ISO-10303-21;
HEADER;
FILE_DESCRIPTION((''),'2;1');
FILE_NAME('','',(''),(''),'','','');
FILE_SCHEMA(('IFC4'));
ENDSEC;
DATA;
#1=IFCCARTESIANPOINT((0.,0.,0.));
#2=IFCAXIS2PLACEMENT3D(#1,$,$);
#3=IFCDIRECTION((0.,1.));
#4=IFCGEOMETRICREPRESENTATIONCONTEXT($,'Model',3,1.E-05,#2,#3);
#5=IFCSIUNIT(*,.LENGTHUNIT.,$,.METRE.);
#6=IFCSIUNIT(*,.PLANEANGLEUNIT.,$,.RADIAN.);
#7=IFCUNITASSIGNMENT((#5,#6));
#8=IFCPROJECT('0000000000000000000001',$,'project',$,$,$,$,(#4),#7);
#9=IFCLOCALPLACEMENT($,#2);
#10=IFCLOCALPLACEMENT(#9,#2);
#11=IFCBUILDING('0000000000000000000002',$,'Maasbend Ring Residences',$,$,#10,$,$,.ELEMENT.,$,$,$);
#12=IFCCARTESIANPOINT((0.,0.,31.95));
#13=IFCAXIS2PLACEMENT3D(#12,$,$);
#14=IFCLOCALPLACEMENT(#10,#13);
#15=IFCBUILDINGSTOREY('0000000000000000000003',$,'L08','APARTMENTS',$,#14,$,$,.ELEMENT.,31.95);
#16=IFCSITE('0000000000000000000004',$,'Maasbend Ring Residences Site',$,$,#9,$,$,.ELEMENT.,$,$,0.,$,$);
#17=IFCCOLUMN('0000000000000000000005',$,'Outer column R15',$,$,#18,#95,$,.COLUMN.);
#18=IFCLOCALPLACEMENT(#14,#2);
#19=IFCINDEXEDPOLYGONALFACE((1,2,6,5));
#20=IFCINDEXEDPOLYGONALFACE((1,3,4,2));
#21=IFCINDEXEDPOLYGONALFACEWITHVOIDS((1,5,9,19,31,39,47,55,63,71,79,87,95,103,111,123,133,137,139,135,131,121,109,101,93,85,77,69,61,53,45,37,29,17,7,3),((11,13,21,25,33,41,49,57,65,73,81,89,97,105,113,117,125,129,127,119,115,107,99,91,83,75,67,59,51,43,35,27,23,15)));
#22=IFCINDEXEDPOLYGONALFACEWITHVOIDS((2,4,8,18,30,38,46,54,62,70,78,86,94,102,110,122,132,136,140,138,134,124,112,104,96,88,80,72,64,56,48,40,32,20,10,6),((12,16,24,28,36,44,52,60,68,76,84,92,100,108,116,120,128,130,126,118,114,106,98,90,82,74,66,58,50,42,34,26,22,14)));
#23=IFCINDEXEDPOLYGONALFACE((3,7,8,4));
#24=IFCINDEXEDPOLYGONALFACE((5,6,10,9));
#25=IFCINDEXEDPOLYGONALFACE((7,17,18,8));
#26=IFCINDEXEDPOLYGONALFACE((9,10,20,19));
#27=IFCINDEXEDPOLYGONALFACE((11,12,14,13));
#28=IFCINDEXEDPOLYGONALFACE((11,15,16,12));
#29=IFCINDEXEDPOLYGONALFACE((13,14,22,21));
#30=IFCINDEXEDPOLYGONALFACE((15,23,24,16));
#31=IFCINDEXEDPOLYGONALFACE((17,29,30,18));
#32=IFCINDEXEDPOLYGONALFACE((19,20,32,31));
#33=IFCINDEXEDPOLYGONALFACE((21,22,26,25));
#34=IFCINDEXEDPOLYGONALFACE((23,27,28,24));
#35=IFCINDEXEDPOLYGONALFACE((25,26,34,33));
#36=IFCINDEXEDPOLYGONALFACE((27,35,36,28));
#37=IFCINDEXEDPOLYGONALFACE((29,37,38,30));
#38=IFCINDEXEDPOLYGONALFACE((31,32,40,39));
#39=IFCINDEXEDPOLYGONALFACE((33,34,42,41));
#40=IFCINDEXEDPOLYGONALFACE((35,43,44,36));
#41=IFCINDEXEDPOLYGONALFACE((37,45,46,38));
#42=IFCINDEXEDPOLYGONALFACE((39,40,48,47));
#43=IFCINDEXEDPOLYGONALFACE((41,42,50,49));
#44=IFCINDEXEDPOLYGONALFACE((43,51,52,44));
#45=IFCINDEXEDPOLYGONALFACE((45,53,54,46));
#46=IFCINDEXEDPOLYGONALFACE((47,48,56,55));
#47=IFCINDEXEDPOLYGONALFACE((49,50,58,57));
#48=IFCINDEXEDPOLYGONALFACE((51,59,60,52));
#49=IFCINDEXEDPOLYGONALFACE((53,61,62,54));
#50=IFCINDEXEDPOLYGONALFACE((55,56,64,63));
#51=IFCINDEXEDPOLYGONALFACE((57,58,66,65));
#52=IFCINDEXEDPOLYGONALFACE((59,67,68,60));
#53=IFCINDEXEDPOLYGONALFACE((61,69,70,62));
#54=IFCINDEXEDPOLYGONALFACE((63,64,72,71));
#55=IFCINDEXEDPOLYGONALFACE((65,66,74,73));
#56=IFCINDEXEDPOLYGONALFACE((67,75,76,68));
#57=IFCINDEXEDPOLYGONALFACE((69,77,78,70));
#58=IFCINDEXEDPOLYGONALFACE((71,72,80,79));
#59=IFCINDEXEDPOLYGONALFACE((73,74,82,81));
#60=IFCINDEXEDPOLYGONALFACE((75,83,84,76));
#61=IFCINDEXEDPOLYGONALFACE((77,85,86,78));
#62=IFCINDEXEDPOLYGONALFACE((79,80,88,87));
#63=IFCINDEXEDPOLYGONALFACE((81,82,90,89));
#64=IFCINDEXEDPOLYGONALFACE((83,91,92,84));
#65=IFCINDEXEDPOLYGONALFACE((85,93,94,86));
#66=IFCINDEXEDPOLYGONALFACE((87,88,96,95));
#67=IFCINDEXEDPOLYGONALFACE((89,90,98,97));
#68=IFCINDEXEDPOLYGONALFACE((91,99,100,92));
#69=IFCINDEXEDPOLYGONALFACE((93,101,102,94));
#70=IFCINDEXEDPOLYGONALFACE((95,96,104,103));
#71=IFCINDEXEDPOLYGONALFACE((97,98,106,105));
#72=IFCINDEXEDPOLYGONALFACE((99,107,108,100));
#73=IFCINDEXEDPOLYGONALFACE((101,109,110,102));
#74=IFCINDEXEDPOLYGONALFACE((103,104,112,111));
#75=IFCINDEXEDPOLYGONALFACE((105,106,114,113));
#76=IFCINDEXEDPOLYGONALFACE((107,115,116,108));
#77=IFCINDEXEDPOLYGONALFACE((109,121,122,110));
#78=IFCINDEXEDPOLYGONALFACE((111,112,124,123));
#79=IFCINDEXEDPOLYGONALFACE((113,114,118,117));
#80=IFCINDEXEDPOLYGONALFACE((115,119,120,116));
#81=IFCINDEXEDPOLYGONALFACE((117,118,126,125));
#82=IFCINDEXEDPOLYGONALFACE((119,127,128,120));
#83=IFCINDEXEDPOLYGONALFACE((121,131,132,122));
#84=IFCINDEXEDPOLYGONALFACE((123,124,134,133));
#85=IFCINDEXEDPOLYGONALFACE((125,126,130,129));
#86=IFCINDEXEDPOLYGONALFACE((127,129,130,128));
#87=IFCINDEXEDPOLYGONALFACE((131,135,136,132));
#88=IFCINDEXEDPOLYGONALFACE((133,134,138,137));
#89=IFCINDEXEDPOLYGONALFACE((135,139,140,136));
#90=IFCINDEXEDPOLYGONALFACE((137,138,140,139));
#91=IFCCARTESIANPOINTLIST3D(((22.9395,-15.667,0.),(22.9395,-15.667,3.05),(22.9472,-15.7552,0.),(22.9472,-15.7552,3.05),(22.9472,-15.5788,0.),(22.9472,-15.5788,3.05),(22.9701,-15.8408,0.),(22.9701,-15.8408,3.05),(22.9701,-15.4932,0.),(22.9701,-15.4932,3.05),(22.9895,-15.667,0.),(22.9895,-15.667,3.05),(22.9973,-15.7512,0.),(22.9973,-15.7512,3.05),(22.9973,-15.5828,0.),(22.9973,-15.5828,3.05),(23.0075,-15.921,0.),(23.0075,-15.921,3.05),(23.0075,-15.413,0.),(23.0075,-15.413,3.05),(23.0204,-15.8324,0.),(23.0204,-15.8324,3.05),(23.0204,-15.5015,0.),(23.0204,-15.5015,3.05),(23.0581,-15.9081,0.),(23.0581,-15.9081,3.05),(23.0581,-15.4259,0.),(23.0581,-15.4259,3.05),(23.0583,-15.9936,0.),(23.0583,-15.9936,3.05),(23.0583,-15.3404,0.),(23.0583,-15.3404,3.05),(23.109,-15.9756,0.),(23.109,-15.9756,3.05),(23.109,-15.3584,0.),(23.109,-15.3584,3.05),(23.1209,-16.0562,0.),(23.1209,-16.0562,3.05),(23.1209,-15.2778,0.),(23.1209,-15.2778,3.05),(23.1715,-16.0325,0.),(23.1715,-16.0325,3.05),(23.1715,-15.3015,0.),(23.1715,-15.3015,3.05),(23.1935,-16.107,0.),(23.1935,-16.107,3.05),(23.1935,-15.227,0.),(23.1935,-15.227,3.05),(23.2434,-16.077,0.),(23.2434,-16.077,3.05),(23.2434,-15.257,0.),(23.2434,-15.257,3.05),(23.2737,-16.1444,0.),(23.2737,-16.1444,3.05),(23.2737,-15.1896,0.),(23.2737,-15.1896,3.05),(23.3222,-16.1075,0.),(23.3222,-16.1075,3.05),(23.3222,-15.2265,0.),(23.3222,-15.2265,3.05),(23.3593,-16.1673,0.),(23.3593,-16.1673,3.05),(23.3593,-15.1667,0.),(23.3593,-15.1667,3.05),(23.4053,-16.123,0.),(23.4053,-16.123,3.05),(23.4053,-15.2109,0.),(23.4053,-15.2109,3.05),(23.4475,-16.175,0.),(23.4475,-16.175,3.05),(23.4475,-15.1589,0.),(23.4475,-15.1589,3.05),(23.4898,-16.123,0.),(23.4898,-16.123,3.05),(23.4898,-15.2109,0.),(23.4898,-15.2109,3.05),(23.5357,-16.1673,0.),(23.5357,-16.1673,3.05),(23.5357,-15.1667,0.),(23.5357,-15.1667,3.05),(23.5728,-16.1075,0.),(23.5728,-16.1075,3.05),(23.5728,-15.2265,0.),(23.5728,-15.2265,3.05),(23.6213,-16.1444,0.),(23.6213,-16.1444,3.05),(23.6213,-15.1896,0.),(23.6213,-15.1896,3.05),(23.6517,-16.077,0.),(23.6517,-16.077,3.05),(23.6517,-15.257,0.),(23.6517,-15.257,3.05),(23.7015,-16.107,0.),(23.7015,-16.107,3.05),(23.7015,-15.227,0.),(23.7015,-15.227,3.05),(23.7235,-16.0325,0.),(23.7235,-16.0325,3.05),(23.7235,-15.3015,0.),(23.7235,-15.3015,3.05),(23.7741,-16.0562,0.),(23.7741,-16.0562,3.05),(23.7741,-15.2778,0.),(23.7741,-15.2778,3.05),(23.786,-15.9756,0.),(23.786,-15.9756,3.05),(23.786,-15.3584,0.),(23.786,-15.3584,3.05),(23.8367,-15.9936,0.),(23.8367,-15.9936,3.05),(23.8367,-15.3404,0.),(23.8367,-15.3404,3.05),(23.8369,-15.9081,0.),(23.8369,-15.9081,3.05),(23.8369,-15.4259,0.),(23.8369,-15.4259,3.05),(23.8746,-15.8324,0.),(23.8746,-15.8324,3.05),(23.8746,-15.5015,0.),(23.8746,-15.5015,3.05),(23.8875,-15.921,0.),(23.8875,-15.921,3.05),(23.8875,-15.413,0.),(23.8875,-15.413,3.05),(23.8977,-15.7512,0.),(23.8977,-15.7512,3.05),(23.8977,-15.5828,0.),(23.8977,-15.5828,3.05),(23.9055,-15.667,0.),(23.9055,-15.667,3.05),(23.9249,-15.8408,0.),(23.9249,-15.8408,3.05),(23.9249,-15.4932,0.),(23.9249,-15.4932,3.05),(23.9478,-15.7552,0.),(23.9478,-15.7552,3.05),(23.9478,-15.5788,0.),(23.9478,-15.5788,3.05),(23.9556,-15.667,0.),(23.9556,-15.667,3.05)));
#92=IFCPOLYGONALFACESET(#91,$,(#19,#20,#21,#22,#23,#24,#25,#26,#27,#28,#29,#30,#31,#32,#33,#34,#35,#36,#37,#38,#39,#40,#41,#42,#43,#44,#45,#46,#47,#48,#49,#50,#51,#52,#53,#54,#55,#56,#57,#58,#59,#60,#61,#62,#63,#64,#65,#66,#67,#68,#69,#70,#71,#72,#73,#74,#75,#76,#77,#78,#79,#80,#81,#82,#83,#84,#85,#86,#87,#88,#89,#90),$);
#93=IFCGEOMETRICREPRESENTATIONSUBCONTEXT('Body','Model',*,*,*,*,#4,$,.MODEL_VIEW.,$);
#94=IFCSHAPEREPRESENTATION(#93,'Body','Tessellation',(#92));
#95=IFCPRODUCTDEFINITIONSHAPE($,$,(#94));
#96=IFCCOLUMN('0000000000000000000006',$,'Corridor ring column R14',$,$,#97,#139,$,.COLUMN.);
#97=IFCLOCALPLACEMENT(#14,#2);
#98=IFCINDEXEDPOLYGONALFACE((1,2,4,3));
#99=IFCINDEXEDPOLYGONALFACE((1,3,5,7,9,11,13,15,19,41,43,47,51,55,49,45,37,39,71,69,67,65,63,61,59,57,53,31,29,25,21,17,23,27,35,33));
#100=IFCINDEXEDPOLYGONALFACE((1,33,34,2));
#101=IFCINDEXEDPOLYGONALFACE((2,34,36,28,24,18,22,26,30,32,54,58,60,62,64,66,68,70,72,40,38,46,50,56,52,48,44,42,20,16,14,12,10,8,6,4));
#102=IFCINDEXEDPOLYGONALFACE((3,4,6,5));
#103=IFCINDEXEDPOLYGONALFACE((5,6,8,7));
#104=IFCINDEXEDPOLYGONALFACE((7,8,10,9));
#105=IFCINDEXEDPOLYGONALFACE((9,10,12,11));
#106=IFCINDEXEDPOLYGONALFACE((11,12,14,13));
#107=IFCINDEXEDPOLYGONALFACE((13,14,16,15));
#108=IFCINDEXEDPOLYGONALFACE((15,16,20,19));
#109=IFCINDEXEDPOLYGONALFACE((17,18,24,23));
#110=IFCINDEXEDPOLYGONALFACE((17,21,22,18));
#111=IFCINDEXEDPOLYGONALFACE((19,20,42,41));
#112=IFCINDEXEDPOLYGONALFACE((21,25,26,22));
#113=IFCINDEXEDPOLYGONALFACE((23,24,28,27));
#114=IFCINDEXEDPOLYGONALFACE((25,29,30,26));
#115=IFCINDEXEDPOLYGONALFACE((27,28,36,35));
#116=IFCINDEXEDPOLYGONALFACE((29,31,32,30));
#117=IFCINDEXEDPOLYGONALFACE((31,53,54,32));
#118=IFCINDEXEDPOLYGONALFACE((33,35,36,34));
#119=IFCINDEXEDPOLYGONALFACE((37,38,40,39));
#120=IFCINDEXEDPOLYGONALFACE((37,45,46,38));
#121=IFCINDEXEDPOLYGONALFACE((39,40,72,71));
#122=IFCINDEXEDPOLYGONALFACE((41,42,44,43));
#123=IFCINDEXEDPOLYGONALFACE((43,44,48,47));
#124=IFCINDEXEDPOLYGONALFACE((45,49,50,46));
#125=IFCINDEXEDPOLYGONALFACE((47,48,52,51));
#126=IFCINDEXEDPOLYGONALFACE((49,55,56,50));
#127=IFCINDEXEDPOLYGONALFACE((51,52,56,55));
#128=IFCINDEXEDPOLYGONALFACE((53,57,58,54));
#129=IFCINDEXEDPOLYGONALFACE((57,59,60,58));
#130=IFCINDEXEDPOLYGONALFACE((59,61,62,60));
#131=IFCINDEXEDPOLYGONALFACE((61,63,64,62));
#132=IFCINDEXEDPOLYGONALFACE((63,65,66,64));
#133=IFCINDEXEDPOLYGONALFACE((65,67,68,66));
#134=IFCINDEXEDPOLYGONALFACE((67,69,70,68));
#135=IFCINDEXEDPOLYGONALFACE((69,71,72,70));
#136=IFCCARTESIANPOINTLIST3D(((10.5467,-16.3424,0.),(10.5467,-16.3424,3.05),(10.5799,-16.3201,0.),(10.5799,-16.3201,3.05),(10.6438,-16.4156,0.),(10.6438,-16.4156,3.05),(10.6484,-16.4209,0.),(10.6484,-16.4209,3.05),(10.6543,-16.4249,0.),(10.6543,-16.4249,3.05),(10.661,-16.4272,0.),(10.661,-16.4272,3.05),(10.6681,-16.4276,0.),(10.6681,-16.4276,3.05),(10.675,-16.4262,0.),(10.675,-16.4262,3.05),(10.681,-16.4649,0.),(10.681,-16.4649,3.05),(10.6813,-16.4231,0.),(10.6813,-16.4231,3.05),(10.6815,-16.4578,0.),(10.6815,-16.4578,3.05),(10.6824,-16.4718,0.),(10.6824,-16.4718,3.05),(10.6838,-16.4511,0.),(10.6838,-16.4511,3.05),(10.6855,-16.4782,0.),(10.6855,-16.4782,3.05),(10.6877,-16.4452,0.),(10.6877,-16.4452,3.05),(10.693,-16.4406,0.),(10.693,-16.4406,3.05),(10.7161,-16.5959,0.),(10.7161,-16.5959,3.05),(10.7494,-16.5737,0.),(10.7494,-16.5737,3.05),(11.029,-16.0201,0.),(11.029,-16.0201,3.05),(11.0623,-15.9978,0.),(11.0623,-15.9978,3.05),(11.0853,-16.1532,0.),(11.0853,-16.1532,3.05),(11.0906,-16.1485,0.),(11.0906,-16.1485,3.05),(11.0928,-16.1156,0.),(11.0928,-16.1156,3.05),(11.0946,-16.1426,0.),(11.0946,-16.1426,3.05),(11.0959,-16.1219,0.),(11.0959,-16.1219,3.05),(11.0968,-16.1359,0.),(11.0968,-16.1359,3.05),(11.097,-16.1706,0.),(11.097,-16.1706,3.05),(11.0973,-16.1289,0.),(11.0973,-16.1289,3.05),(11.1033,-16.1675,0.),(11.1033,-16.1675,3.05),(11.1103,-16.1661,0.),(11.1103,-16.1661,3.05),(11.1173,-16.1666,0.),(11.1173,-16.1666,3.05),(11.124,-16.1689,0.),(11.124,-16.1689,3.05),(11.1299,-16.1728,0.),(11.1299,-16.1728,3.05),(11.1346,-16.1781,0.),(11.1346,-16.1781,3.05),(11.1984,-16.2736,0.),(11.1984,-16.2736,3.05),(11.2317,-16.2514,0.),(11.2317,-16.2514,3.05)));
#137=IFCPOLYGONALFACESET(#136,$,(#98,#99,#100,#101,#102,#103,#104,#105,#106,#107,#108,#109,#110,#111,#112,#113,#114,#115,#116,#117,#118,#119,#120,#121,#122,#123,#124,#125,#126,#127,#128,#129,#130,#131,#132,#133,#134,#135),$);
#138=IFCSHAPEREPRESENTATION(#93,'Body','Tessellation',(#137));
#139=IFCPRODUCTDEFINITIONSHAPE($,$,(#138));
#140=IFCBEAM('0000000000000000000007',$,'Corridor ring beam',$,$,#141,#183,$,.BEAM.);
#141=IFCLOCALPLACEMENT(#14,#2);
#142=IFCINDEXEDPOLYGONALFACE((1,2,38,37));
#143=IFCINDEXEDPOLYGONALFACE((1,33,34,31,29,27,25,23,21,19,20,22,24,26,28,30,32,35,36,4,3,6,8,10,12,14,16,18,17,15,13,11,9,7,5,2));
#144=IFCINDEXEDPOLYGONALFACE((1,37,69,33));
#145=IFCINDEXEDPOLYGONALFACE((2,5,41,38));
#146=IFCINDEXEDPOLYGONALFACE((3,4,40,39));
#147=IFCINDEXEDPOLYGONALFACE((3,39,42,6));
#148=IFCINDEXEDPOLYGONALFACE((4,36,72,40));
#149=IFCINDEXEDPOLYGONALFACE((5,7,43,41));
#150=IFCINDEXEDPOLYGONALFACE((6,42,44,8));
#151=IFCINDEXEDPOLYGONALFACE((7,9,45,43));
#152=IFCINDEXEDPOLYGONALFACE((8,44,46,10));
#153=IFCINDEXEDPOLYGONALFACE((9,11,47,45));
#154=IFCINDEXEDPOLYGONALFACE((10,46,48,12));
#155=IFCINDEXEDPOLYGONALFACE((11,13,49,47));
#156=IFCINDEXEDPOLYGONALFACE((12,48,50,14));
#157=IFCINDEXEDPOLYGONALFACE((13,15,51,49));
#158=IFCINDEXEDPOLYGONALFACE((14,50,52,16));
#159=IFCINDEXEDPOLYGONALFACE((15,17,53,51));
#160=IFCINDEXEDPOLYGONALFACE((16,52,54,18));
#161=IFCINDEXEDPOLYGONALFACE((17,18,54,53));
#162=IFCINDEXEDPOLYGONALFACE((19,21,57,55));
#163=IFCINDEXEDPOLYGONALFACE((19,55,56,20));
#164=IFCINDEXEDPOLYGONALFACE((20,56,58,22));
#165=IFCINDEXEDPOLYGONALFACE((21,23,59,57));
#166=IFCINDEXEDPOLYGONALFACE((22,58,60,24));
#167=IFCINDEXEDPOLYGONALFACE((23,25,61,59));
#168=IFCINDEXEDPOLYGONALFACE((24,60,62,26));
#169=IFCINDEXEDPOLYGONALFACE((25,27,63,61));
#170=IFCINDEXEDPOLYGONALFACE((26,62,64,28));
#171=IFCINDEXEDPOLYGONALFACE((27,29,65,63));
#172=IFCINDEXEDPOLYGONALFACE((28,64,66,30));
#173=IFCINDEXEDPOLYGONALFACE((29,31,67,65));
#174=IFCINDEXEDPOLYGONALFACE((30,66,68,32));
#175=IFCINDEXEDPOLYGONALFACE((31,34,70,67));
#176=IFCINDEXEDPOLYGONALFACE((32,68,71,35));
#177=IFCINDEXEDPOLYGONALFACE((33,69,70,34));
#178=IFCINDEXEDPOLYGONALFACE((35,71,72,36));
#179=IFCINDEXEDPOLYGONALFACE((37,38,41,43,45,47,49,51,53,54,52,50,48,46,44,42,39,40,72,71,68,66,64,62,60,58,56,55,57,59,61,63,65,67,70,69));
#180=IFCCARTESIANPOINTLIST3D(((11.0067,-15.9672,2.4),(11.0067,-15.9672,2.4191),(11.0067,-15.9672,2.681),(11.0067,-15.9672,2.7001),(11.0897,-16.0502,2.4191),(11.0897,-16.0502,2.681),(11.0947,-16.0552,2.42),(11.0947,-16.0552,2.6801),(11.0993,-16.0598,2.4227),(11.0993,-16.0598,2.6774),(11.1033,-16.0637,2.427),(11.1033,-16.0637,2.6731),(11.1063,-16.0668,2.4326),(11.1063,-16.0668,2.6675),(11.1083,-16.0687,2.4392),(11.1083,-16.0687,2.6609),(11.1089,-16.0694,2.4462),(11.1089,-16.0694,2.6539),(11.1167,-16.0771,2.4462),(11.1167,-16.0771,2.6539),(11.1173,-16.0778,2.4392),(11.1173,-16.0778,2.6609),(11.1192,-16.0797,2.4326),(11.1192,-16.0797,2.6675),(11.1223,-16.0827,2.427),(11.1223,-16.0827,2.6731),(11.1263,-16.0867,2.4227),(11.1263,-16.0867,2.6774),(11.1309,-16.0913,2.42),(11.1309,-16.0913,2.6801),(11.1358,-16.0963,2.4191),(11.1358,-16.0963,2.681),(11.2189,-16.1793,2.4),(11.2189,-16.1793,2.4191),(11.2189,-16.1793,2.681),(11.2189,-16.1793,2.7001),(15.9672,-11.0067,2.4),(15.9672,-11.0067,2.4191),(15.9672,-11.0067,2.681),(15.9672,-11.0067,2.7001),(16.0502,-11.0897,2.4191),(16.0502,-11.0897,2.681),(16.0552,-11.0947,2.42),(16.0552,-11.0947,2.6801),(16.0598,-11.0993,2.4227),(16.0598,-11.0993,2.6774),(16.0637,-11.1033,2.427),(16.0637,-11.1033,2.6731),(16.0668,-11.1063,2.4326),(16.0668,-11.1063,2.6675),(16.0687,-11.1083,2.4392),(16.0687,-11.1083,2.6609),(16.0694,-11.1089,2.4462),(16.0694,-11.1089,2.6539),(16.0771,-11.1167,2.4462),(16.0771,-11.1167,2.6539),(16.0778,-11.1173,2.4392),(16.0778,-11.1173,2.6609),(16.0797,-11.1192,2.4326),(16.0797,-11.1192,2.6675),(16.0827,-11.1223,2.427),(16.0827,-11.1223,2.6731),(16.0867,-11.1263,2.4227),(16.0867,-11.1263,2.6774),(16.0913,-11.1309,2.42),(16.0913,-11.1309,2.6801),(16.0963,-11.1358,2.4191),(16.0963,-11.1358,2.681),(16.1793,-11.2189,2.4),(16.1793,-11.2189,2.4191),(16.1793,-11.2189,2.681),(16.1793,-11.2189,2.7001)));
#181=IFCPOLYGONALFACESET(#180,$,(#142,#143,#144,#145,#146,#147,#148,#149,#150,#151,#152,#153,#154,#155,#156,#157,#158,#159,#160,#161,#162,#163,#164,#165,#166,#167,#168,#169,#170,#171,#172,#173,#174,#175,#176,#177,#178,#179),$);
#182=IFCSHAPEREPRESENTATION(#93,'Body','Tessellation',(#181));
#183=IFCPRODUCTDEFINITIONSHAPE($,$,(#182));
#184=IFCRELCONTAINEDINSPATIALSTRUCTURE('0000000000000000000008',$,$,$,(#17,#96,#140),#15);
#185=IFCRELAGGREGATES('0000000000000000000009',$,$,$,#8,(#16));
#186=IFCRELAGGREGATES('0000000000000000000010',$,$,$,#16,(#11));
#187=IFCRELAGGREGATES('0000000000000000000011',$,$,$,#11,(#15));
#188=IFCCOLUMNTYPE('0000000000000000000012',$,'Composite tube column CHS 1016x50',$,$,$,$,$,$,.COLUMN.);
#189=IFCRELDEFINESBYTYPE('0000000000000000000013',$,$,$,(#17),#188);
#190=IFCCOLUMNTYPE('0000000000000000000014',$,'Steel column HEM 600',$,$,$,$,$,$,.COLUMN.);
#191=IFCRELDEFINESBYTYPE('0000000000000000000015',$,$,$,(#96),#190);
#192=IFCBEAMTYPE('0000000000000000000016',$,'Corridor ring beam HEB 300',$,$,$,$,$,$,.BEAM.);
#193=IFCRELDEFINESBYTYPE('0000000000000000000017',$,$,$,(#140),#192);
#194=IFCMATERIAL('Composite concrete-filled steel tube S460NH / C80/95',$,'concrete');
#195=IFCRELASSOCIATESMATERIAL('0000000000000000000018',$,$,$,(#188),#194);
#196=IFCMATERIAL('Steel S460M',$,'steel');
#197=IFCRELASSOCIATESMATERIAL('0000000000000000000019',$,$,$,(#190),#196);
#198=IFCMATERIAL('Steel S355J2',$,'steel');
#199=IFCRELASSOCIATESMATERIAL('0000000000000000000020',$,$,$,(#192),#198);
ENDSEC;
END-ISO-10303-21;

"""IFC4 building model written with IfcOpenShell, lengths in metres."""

from ifc_helpers import new_model, si_unit, direction, frame, origin, origin_2d, place, context, subcontext, project, spatial, hollow_circle, i_section, extrude, material, material_profile, profile_set, type_object, element, save


model = new_model("IFC4")

# Units and contexts
model_context = context("Model", 3, precision=1e-05, world=origin(), true_north=direction((0.0, 1.0)))
body_context = subcontext(model_context, "Body", "Model", "MODEL_VIEW")
ifc_project = project(units=[si_unit("LENGTHUNIT", "METRE"), si_unit("PLANEANGLEUNIT", "RADIAN")], contexts=[model_context])

# Site, building, storey
site_placement = place(None, origin())
site = spatial("IfcSite", under=ifc_project, at=site_placement, Name="Maasbend Ring Residences Site", CompositionType="ELEMENT", RefElevation=0.0)
building_placement = place(site_placement, origin())
building = spatial("IfcBuilding", under=site, at=building_placement, Name="Maasbend Ring Residences", CompositionType="ELEMENT")
storey_placement = place(building_placement, frame((0.0, 0.0, 31.95)))
storey = spatial("IfcBuildingStorey", under=building, at=storey_placement, Name="L08", Description="APARTMENTS", CompositionType="ELEMENT", Elevation=31.95)

# Columns
ifc_material_1 = material(Name="Composite concrete-filled steel tube S460NH / C80/95", Category="concrete")
ifc_material_profile_1 = material_profile(ifc_material_1, hollow_circle(Radius=0.5081, WallThickness=0.05, at=origin_2d()), Name="Composite tube column CHS 1016x50")
ifc_profile_set_1 = profile_set([ifc_material_profile_1], Name="Composite concrete-filled steel tube S460NH / C80/95")
column_type_1 = type_object("IfcColumnType", Name="Composite tube column CHS 1016x50", PredefinedType="COLUMN", material=ifc_profile_set_1)
column_1_placement = place(storey_placement, frame((23.4475, -15.667, 0.0), z_axis=(0.0, 0.0, 1.0), x_axis=(1.0, 0.0, 0.0)))
element("IfcColumn", 1, at=column_1_placement, inside=storey, type_object=column_type_1, Name="Outer column R15", PredefinedType="COLUMN", context=body_context, shape_type="SweptSolid", body=[
    extrude(hollow_circle(Radius=0.5081, WallThickness=0.05, at=origin_2d()), origin(), (0.0, 0.0, 1.0), 3.05),
])
ifc_material_2 = material(Name="Steel S460M", Category="steel")
ifc_material_profile_2 = material_profile(ifc_material_2, i_section(OverallWidth=0.3049, OverallDepth=0.6201, WebThickness=0.021, FlangeThickness=0.04, FilletRadius=0.0271, at=origin_2d()), Name="HEM 600")
ifc_profile_set_2 = profile_set([ifc_material_profile_2], Name="Steel S460M")
column_type_2 = type_object("IfcColumnType", Name="Steel column HEM 600", PredefinedType="COLUMN", material=ifc_profile_set_2)
column_2_placement = place(storey_placement, frame((10.8892, -16.2969, 0.0), z_axis=(0.0, 0.0, 1.0), x_axis=(0.55557, -0.83147, 0.0)))
element("IfcColumn", 2, at=column_2_placement, inside=storey, type_object=column_type_2, Name="Corridor ring column R14", PredefinedType="COLUMN", context=body_context, shape_type="SweptSolid", body=[
    extrude(i_section(OverallWidth=0.3049, OverallDepth=0.6201, WebThickness=0.021, FlangeThickness=0.04, FilletRadius=0.0271, at=origin_2d()), origin(), (0.0, 0.0, 1.0), 3.05),
])

# Beam
ifc_material_3 = material(Name="Steel S355J2", Category="steel")
ifc_material_profile_3 = material_profile(ifc_material_3, i_section(OverallWidth=0.3, OverallDepth=0.3, WebThickness=0.011, FlangeThickness=0.019, FilletRadius=0.0271, at=origin_2d()), Name="HEB 300")
ifc_profile_set_3 = profile_set([ifc_material_profile_3], Name="Steel S355J2")
beam_type = type_object("IfcBeamType", Name="Corridor ring beam HEB 300", PredefinedType="BEAM", material=ifc_profile_set_3)
beam_placement = place(storey_placement, frame((11.1128, -16.0732, 2.55), z_axis=(0.707107, 0.707107, 0.0), x_axis=(-0.707107, 0.707107, 0.0)))
element("IfcBeam", 3, at=beam_placement, inside=storey, type_object=beam_type, Name="Corridor ring beam", PredefinedType="BEAM", context=body_context, shape_type="SweptSolid", body=[
    extrude(i_section(OverallWidth=0.3, OverallDepth=0.3, WebThickness=0.011, FlangeThickness=0.019, FilletRadius=0.0271, at=origin_2d()), origin(), (0.0, 0.0, 1.0), 7.0151),
])

save(model, "model.ifc")
